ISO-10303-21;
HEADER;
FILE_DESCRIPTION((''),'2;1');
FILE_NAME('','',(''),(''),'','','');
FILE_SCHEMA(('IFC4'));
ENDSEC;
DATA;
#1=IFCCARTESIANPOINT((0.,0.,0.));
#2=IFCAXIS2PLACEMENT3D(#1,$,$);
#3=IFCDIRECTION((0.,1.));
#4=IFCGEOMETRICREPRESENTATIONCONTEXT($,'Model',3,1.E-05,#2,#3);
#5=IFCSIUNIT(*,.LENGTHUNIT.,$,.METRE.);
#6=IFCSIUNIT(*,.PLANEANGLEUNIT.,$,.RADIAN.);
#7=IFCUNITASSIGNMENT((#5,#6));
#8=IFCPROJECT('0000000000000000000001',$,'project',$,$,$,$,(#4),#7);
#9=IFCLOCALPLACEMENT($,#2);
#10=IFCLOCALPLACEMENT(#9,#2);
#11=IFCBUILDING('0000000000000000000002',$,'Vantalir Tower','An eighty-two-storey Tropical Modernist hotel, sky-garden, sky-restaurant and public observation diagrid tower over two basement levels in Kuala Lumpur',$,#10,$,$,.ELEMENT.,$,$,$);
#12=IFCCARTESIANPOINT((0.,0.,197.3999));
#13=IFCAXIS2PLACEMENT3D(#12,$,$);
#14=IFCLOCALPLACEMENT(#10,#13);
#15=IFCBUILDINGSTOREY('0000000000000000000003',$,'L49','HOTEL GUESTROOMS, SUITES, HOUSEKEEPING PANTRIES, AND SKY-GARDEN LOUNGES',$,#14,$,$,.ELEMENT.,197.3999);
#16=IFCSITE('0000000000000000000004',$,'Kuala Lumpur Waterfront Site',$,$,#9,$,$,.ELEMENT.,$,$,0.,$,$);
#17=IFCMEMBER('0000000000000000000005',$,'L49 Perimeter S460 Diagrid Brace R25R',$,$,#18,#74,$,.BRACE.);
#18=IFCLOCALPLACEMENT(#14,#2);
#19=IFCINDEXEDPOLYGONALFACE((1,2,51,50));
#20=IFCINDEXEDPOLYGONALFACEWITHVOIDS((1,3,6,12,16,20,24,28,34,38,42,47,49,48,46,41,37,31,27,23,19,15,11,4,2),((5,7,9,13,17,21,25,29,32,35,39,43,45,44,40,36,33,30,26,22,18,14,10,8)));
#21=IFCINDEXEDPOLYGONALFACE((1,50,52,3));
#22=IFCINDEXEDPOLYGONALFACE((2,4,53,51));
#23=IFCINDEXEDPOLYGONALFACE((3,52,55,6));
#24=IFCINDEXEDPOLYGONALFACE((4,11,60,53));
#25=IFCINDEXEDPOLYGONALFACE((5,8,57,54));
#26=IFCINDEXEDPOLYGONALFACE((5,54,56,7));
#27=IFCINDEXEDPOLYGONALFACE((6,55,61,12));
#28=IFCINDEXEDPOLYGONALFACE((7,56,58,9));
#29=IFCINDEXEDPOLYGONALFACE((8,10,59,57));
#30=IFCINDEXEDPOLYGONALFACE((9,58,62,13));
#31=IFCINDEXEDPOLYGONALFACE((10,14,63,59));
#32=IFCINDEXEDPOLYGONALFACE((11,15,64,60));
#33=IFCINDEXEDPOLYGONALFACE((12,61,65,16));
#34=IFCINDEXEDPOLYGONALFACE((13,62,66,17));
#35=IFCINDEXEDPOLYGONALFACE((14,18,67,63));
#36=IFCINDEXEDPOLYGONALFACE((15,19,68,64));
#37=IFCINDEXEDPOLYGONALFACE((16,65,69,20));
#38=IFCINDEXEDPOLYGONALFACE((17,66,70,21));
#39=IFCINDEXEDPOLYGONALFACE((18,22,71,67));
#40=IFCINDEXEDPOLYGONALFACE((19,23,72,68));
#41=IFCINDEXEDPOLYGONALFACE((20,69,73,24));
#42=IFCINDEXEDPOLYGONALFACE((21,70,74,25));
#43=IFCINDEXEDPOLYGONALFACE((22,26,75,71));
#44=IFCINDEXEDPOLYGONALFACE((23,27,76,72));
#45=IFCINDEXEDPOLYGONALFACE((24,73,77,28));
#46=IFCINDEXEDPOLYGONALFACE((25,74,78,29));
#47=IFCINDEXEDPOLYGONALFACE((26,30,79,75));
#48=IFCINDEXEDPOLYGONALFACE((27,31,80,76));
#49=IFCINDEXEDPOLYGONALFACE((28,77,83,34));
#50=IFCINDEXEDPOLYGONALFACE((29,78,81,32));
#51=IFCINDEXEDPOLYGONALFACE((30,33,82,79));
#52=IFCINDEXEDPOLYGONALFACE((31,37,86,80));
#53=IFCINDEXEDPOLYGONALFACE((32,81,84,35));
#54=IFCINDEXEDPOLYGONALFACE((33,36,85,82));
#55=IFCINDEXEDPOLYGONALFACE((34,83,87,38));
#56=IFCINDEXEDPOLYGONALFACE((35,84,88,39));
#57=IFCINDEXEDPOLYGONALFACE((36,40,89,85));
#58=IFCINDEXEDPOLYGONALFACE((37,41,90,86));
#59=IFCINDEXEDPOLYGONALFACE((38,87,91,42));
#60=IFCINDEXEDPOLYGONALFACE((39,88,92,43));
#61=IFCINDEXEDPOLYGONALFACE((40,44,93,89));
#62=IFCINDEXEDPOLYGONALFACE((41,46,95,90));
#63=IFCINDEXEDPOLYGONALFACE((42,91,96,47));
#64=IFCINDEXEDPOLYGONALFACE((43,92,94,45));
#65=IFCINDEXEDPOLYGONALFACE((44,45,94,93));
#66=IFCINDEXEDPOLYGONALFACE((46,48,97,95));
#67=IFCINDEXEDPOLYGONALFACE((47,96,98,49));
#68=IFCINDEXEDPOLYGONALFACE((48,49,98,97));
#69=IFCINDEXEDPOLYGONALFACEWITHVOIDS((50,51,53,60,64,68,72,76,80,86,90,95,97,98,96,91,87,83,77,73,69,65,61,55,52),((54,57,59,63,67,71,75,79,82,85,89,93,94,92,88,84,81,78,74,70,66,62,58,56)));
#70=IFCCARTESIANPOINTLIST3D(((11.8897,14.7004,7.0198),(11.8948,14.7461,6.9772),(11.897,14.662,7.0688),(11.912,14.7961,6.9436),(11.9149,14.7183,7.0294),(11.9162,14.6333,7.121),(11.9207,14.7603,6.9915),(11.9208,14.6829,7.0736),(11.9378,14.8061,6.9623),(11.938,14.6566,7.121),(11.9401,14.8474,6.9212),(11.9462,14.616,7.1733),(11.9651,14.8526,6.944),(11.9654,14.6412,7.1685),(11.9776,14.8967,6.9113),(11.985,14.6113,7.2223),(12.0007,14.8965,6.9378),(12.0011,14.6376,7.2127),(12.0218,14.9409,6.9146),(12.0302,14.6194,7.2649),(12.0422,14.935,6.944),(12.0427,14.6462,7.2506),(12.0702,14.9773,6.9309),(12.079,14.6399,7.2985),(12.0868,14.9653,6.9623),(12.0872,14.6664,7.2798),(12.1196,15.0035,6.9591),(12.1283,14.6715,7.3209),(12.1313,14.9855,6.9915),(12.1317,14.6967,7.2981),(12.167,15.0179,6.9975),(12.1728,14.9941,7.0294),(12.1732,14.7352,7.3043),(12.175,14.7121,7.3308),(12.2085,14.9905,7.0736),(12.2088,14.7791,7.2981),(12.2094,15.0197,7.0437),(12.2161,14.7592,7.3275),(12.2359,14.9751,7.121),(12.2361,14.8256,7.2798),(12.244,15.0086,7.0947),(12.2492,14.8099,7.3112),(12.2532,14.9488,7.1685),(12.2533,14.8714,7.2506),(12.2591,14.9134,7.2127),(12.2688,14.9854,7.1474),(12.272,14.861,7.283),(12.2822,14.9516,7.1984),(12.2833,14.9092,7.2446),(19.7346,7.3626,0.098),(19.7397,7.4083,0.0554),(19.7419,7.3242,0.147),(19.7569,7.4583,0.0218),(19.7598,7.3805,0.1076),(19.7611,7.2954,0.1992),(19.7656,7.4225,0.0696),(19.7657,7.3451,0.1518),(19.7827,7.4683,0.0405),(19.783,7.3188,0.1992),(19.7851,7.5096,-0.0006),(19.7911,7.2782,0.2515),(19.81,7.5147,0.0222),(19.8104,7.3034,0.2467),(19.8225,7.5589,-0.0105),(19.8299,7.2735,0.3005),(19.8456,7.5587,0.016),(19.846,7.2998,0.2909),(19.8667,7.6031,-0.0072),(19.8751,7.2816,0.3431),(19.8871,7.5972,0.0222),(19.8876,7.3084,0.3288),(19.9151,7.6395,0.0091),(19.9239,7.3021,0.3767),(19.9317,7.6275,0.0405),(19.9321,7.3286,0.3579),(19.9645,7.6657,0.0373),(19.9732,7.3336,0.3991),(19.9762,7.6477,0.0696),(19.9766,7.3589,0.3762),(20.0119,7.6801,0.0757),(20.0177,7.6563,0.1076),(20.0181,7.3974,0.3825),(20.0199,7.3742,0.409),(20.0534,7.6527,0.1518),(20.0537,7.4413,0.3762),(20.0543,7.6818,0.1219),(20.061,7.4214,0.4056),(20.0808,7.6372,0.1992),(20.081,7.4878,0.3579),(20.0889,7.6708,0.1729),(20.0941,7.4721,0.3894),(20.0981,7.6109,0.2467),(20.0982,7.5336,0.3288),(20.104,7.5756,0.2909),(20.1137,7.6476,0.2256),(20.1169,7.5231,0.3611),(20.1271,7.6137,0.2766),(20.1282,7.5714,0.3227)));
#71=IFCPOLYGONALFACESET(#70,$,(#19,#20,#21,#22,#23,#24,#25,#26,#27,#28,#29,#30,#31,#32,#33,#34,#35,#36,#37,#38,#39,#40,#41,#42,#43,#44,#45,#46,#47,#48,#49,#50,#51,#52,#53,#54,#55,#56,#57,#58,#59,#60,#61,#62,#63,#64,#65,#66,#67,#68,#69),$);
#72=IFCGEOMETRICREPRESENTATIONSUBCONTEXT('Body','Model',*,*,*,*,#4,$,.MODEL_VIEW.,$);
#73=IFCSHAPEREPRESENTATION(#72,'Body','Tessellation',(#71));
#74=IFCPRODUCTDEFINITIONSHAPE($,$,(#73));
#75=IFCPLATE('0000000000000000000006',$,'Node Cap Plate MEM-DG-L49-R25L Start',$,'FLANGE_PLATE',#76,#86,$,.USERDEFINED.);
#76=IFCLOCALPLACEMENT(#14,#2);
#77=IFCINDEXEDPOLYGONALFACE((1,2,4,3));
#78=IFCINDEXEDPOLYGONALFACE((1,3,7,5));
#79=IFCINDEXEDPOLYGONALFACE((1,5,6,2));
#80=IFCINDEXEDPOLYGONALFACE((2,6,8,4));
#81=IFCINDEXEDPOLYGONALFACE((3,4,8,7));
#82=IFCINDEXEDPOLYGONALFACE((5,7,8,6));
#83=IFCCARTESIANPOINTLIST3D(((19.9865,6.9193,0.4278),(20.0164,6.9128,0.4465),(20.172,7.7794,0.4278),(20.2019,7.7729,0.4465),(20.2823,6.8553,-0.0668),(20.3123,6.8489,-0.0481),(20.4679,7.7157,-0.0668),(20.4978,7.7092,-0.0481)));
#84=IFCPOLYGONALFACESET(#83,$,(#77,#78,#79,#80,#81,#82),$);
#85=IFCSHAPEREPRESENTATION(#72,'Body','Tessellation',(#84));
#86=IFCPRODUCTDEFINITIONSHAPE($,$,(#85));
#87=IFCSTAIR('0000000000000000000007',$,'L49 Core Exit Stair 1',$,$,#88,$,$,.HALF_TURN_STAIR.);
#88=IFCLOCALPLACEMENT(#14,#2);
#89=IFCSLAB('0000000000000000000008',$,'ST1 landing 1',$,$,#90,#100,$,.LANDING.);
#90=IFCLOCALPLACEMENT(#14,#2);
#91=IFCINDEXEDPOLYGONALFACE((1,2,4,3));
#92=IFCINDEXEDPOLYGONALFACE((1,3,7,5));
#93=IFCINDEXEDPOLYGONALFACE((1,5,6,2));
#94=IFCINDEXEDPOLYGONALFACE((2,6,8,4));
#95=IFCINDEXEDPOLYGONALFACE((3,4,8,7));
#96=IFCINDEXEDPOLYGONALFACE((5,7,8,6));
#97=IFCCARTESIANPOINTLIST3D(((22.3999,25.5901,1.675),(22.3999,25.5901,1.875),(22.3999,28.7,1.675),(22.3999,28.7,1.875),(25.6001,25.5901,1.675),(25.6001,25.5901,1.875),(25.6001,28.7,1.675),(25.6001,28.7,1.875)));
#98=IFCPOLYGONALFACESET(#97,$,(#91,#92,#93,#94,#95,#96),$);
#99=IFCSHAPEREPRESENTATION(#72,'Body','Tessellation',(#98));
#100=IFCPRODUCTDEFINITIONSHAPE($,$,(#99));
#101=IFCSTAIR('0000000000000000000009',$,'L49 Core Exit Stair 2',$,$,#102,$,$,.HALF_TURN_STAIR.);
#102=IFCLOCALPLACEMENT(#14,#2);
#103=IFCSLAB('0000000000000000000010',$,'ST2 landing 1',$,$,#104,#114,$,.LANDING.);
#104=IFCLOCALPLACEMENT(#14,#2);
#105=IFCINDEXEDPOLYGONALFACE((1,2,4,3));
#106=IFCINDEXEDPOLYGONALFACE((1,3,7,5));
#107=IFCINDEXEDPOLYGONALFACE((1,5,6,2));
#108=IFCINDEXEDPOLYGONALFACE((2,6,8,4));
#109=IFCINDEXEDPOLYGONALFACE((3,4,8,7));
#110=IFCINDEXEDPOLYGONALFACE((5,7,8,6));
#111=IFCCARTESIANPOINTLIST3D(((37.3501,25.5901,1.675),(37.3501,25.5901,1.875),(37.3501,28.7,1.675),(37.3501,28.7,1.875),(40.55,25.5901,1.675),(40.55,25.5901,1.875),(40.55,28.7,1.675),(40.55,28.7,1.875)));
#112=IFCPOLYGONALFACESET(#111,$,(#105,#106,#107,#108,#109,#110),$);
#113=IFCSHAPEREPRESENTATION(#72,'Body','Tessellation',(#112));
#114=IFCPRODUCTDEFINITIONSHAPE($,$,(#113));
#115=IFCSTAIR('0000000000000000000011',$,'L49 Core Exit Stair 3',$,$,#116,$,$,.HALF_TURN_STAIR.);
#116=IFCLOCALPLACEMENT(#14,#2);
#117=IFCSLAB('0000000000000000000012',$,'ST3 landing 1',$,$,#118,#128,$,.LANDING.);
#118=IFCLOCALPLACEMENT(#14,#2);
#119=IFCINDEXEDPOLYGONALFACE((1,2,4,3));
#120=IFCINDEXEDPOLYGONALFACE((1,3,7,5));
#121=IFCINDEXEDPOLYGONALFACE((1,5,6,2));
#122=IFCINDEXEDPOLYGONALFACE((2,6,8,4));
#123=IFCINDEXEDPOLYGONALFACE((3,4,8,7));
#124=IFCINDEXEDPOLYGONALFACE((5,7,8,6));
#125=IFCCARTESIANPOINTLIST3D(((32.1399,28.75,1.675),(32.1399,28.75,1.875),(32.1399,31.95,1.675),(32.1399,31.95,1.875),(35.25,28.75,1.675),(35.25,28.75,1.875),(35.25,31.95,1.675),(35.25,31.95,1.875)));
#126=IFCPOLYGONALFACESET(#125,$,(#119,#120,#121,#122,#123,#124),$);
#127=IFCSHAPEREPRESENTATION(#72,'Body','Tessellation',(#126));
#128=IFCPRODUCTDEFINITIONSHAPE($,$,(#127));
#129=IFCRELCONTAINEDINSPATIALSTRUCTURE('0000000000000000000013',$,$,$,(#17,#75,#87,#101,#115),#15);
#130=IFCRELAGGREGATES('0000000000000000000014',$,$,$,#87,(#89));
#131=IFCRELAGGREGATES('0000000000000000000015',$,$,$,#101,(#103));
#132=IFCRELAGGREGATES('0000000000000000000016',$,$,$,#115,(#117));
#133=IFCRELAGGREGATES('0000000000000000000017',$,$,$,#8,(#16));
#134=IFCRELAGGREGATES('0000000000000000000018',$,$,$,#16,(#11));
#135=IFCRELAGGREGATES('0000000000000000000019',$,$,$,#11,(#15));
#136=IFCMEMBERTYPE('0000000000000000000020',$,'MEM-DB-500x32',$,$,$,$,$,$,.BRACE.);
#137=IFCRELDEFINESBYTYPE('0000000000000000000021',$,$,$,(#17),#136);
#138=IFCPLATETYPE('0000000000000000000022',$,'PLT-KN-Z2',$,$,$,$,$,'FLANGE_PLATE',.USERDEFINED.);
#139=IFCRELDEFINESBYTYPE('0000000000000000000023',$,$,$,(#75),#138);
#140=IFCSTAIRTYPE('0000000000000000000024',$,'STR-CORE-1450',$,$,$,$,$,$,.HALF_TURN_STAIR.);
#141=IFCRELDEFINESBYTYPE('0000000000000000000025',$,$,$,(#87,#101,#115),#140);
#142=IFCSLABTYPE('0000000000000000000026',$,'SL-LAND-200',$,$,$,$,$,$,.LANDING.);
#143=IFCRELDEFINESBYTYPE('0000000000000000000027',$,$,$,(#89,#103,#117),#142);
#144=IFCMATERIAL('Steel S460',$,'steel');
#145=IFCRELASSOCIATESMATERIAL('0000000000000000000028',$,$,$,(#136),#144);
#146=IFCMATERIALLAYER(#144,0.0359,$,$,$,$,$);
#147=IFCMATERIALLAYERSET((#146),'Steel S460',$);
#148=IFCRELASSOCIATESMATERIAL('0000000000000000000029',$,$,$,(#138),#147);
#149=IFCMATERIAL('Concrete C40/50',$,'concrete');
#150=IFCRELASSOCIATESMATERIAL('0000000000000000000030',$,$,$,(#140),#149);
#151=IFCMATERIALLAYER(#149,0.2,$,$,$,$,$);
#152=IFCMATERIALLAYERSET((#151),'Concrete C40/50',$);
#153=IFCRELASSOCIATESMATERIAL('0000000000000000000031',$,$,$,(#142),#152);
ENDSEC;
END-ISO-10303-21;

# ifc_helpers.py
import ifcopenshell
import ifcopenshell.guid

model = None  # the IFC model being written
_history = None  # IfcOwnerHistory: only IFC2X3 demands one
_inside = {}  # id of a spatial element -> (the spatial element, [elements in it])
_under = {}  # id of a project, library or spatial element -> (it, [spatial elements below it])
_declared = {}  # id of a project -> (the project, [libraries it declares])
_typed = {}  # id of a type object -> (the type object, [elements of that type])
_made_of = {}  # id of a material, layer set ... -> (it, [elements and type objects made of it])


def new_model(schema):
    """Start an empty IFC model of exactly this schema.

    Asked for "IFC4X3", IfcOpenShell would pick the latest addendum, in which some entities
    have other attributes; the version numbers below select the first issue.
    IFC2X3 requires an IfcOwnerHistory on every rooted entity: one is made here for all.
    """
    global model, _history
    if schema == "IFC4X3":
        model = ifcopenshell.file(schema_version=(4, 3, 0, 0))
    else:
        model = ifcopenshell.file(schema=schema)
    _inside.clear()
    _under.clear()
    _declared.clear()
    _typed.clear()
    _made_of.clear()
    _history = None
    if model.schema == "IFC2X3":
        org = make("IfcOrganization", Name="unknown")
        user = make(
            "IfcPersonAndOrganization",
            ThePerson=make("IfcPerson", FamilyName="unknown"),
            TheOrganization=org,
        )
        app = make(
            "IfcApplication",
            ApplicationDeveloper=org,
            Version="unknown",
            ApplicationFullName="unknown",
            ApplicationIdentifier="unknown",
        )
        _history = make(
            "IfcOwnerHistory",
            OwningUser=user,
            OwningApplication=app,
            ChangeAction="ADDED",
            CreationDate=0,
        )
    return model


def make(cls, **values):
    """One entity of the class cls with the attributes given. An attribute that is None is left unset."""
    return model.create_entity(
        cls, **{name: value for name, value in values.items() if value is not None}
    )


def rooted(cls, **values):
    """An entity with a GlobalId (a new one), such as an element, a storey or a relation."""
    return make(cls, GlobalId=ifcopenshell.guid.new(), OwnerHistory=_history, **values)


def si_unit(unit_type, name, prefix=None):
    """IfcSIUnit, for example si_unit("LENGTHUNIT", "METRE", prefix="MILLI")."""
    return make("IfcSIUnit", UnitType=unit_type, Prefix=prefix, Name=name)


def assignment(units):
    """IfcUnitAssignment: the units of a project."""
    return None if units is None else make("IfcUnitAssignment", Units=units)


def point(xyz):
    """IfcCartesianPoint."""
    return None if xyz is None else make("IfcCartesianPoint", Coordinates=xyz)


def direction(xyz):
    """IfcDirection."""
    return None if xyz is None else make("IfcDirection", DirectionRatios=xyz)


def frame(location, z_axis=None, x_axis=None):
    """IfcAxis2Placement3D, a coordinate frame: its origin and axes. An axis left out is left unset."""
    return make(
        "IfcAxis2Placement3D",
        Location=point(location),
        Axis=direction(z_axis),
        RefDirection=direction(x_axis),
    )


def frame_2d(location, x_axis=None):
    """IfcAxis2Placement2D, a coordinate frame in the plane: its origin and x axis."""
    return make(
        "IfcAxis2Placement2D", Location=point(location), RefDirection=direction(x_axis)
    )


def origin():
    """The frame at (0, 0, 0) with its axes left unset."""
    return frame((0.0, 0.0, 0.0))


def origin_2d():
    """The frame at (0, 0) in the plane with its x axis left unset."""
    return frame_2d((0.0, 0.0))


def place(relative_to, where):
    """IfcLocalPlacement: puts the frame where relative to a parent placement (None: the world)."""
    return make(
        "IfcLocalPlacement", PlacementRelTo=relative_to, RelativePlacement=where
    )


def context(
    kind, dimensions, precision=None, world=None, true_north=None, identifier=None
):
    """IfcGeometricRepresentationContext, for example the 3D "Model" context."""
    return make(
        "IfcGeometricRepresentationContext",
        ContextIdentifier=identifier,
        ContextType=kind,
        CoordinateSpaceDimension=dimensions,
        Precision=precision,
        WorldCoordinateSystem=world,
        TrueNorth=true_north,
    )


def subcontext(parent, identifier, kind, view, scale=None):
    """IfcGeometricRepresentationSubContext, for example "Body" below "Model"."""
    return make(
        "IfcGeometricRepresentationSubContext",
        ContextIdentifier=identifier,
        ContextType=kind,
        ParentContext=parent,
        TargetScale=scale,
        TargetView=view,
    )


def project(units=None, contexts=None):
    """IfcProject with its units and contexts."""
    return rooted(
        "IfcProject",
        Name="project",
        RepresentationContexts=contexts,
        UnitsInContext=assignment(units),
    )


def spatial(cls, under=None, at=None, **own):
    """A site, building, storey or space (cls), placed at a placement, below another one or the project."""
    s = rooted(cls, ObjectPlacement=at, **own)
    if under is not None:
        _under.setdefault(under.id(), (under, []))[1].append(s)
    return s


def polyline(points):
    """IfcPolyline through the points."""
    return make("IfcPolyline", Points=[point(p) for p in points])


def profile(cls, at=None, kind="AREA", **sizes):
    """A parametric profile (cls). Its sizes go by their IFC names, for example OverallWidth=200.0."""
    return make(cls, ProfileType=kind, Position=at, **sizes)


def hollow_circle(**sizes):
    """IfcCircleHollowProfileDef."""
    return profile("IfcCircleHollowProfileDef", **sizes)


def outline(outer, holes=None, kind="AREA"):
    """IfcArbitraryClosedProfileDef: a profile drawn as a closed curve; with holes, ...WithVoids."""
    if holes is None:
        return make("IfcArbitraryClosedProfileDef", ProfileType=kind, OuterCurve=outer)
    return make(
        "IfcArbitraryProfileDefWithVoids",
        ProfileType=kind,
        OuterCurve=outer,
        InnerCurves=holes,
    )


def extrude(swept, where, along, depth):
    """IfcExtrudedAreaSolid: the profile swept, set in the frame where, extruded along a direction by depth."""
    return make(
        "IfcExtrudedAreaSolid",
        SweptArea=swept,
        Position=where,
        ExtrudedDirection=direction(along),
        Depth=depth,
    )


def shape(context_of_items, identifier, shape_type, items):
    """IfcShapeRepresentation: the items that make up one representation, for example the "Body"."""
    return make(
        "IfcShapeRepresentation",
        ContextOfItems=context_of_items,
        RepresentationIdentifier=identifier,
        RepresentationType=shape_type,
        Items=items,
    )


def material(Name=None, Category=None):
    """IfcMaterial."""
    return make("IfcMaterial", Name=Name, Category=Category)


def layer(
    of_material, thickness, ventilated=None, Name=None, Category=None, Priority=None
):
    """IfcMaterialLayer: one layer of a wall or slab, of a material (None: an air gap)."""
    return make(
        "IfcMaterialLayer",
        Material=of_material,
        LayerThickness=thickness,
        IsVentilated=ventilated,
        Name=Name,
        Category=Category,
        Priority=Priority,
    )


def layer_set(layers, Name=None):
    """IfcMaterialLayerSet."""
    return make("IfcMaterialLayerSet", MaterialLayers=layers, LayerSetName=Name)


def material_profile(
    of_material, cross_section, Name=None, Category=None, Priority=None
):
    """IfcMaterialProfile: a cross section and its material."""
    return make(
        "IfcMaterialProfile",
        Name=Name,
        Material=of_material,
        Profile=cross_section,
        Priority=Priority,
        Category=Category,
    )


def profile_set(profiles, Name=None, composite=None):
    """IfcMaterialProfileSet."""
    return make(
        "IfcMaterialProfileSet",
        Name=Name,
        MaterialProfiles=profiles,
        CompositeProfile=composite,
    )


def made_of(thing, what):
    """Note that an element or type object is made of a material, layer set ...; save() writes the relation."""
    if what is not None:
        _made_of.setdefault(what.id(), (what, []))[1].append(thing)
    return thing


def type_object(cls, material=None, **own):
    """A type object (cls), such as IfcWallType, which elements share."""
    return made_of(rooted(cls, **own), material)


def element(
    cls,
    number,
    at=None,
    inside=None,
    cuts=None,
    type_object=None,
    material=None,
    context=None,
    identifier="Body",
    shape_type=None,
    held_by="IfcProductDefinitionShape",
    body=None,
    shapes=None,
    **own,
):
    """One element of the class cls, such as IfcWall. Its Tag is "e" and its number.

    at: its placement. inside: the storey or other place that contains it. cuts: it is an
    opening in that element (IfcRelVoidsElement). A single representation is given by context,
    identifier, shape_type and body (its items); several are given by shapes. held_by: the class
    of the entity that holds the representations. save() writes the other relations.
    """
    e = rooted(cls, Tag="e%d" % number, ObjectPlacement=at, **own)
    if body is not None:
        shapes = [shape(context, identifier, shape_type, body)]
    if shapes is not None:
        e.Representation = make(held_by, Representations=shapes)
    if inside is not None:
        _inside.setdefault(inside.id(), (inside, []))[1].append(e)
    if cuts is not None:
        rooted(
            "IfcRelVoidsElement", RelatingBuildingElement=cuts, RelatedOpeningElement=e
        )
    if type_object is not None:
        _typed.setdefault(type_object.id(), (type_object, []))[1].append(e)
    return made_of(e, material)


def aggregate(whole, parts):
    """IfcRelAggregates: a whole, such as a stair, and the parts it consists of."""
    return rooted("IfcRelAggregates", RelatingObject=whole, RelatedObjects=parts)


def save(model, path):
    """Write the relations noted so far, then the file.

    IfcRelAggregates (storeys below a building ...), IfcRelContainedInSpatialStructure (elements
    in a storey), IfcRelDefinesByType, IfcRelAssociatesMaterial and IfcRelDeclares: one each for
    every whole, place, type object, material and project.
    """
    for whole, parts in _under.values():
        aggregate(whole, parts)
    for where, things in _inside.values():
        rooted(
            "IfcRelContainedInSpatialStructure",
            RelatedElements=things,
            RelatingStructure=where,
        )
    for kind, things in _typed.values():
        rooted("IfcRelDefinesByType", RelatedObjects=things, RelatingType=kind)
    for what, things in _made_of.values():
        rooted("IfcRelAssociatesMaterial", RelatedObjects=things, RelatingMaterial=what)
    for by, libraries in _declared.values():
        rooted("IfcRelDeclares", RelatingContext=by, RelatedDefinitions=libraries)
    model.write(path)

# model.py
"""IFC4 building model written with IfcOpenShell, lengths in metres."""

from ifc_helpers import new_model, si_unit, direction, frame, origin, origin_2d, place, context, subcontext, project, spatial, polyline, hollow_circle, outline, extrude, material, layer, layer_set, material_profile, profile_set, type_object, element, aggregate, save


model = new_model("IFC4")

# Units and contexts
model_context = context("Model", 3, precision=1e-05, world=origin(), true_north=direction((0.0, 1.0)))
body_context = subcontext(model_context, "Body", "Model", "MODEL_VIEW")
ifc_project = project(units=[si_unit("LENGTHUNIT", "METRE"), si_unit("PLANEANGLEUNIT", "RADIAN")], contexts=[model_context])

# Site, building, storey
site_placement = place(None, origin())
site = spatial("IfcSite", under=ifc_project, at=site_placement, Name="Kuala Lumpur Waterfront Site", CompositionType="ELEMENT", RefElevation=0.0)
building_placement = place(site_placement, origin())
building = spatial("IfcBuilding", under=site, at=building_placement, Name="Vantalir Tower", Description="An eighty-two-storey Tropical Modernist hotel, sky-garden, sky-restaurant and public observation diagrid tower over two basement levels in Kuala Lumpur", CompositionType="ELEMENT")
storey_placement = place(building_placement, frame((0.0, 0.0, 197.3999)))
storey = spatial("IfcBuildingStorey", under=building, at=storey_placement, Name="L49", Description="HOTEL GUESTROOMS, SUITES, HOUSEKEEPING PANTRIES, AND SKY-GARDEN LOUNGES", CompositionType="ELEMENT", Elevation=197.3999)

# Shared definitions
ifc_material_1 = material(Name="Steel S460", Category="steel")

# Member
ifc_material_profile_1 = material_profile(ifc_material_1, hollow_circle(Radius=0.25, WallThickness=0.032, at=origin_2d()), Name="Steel S460")
ifc_profile_set_1 = profile_set([ifc_material_profile_1], Name="Steel S460")
member_type_1 = type_object("IfcMemberType", Name="MEM-DB-500x32", PredefinedType="BRACE", material=ifc_profile_set_1)
member_1_placement = place(storey_placement, frame((19.9319, 7.478, 0.1992), z_axis=(-0.6139, 0.574219, 0.541664), x_axis=(-0.68311, -0.730316, 0.0)))
element("IfcMember", 1, at=member_1_placement, inside=storey, type_object=member_type_1, Name="L49 Perimeter S460 Diagrid Brace R25R", PredefinedType="BRACE", context=body_context, shape_type="SweptSolid", body=[
    extrude(hollow_circle(Radius=0.25, WallThickness=0.032, at=origin_2d()), origin(), (0.0, 0.0, 1.0), 12.7788),
])

# Plate
ifc_layer_1 = layer(ifc_material_1, 0.0359)
ifc_layer_set_1 = layer_set([ifc_layer_1], Name="Steel S460")
plate_type = type_object("IfcPlateType", Name="PLT-KN-Z2", ElementType="FLANGE_PLATE", PredefinedType="USERDEFINED", material=ifc_layer_set_1)
plate_placement = place(storey_placement, frame((20.3123, 6.8489, -0.0481), z_axis=(0.833774, -0.17984, 0.521995), x_axis=(0.210838, 0.977521, 0.000013)))
element("IfcPlate", 2, at=plate_placement, inside=storey, type_object=plate_type, Name="Node Cap Plate MEM-DG-L49-R25L Start", ObjectType="FLANGE_PLATE", PredefinedType="USERDEFINED", context=body_context, shape_type="SweptSolid", body=[
    extrude(outline(polyline([(0.0, 0.0), (0.8801, 0.0), (0.88, 0.5799), (0.0001, 0.5799), (0.0, 0.0)])), origin(), (0.0, 0.0, -1.0), 0.0359),
])

# Stairs, slabs
ifc_material_2 = material(Name="Concrete C40/50", Category="concrete")
stair_type = type_object("IfcStairType", Name="STR-CORE-1450", PredefinedType="HALF_TURN_STAIR", material=ifc_material_2)
stair_1_placement = place(storey_placement, origin())
stair_1 = element("IfcStair", 3, at=stair_1_placement, inside=storey, type_object=stair_type, Name="L49 Core Exit Stair 1", PredefinedType="HALF_TURN_STAIR")
ifc_layer_2 = layer(ifc_material_2, 0.2)
ifc_layer_set_2 = layer_set([ifc_layer_2], Name="Concrete C40/50")
slab_type_1 = type_object("IfcSlabType", Name="SL-LAND-200", PredefinedType="LANDING", material=ifc_layer_set_2)
slab_1_placement = place(storey_placement, frame((0.0, 0.0, 1.675)))
slab_1 = element("IfcSlab", 4, at=slab_1_placement, type_object=slab_type_1, Name="ST1 landing 1", PredefinedType="LANDING", context=body_context, shape_type="SweptSolid", body=[
    extrude(outline(polyline([(25.6001, 25.5901), (25.6001, 28.7), (22.3999, 28.7), (22.3999, 25.5901), (25.6001, 25.5901)])), origin(), (0.0, 0.0, 1.0), 0.2),
])
aggregate(stair_1, [slab_1])
stair_2_placement = place(storey_placement, origin())
stair_2 = element("IfcStair", 5, at=stair_2_placement, inside=storey, type_object=stair_type, Name="L49 Core Exit Stair 2", PredefinedType="HALF_TURN_STAIR")
slab_2_placement = place(storey_placement, frame((0.0, 0.0, 1.675)))
slab_2 = element("IfcSlab", 6, at=slab_2_placement, type_object=slab_type_1, Name="ST2 landing 1", PredefinedType="LANDING", context=body_context, shape_type="SweptSolid", body=[
    extrude(outline(polyline([(40.55, 25.5901), (40.55, 28.7), (37.3501, 28.7), (37.3501, 25.5901), (40.55, 25.5901)])), origin(), (0.0, 0.0, 1.0), 0.2),
])
aggregate(stair_2, [slab_2])
stair_3_placement = place(storey_placement, origin())
stair_3 = element("IfcStair", 7, at=stair_3_placement, inside=storey, type_object=stair_type, Name="L49 Core Exit Stair 3", PredefinedType="HALF_TURN_STAIR")
slab_3_placement = place(storey_placement, frame((0.0, 0.0, 1.675)))
slab_3 = element("IfcSlab", 8, at=slab_3_placement, type_object=slab_type_1, Name="ST3 landing 1", PredefinedType="LANDING", context=body_context, shape_type="SweptSolid", body=[
    extrude(outline(polyline([(32.1399, 28.75), (35.25, 28.75), (35.25, 31.95), (32.1399, 31.95), (32.1399, 28.75)])), origin(), (0.0, 0.0, 1.0), 0.2),
])
aggregate(stair_3, [slab_3])

save(model, "model.ifc")
